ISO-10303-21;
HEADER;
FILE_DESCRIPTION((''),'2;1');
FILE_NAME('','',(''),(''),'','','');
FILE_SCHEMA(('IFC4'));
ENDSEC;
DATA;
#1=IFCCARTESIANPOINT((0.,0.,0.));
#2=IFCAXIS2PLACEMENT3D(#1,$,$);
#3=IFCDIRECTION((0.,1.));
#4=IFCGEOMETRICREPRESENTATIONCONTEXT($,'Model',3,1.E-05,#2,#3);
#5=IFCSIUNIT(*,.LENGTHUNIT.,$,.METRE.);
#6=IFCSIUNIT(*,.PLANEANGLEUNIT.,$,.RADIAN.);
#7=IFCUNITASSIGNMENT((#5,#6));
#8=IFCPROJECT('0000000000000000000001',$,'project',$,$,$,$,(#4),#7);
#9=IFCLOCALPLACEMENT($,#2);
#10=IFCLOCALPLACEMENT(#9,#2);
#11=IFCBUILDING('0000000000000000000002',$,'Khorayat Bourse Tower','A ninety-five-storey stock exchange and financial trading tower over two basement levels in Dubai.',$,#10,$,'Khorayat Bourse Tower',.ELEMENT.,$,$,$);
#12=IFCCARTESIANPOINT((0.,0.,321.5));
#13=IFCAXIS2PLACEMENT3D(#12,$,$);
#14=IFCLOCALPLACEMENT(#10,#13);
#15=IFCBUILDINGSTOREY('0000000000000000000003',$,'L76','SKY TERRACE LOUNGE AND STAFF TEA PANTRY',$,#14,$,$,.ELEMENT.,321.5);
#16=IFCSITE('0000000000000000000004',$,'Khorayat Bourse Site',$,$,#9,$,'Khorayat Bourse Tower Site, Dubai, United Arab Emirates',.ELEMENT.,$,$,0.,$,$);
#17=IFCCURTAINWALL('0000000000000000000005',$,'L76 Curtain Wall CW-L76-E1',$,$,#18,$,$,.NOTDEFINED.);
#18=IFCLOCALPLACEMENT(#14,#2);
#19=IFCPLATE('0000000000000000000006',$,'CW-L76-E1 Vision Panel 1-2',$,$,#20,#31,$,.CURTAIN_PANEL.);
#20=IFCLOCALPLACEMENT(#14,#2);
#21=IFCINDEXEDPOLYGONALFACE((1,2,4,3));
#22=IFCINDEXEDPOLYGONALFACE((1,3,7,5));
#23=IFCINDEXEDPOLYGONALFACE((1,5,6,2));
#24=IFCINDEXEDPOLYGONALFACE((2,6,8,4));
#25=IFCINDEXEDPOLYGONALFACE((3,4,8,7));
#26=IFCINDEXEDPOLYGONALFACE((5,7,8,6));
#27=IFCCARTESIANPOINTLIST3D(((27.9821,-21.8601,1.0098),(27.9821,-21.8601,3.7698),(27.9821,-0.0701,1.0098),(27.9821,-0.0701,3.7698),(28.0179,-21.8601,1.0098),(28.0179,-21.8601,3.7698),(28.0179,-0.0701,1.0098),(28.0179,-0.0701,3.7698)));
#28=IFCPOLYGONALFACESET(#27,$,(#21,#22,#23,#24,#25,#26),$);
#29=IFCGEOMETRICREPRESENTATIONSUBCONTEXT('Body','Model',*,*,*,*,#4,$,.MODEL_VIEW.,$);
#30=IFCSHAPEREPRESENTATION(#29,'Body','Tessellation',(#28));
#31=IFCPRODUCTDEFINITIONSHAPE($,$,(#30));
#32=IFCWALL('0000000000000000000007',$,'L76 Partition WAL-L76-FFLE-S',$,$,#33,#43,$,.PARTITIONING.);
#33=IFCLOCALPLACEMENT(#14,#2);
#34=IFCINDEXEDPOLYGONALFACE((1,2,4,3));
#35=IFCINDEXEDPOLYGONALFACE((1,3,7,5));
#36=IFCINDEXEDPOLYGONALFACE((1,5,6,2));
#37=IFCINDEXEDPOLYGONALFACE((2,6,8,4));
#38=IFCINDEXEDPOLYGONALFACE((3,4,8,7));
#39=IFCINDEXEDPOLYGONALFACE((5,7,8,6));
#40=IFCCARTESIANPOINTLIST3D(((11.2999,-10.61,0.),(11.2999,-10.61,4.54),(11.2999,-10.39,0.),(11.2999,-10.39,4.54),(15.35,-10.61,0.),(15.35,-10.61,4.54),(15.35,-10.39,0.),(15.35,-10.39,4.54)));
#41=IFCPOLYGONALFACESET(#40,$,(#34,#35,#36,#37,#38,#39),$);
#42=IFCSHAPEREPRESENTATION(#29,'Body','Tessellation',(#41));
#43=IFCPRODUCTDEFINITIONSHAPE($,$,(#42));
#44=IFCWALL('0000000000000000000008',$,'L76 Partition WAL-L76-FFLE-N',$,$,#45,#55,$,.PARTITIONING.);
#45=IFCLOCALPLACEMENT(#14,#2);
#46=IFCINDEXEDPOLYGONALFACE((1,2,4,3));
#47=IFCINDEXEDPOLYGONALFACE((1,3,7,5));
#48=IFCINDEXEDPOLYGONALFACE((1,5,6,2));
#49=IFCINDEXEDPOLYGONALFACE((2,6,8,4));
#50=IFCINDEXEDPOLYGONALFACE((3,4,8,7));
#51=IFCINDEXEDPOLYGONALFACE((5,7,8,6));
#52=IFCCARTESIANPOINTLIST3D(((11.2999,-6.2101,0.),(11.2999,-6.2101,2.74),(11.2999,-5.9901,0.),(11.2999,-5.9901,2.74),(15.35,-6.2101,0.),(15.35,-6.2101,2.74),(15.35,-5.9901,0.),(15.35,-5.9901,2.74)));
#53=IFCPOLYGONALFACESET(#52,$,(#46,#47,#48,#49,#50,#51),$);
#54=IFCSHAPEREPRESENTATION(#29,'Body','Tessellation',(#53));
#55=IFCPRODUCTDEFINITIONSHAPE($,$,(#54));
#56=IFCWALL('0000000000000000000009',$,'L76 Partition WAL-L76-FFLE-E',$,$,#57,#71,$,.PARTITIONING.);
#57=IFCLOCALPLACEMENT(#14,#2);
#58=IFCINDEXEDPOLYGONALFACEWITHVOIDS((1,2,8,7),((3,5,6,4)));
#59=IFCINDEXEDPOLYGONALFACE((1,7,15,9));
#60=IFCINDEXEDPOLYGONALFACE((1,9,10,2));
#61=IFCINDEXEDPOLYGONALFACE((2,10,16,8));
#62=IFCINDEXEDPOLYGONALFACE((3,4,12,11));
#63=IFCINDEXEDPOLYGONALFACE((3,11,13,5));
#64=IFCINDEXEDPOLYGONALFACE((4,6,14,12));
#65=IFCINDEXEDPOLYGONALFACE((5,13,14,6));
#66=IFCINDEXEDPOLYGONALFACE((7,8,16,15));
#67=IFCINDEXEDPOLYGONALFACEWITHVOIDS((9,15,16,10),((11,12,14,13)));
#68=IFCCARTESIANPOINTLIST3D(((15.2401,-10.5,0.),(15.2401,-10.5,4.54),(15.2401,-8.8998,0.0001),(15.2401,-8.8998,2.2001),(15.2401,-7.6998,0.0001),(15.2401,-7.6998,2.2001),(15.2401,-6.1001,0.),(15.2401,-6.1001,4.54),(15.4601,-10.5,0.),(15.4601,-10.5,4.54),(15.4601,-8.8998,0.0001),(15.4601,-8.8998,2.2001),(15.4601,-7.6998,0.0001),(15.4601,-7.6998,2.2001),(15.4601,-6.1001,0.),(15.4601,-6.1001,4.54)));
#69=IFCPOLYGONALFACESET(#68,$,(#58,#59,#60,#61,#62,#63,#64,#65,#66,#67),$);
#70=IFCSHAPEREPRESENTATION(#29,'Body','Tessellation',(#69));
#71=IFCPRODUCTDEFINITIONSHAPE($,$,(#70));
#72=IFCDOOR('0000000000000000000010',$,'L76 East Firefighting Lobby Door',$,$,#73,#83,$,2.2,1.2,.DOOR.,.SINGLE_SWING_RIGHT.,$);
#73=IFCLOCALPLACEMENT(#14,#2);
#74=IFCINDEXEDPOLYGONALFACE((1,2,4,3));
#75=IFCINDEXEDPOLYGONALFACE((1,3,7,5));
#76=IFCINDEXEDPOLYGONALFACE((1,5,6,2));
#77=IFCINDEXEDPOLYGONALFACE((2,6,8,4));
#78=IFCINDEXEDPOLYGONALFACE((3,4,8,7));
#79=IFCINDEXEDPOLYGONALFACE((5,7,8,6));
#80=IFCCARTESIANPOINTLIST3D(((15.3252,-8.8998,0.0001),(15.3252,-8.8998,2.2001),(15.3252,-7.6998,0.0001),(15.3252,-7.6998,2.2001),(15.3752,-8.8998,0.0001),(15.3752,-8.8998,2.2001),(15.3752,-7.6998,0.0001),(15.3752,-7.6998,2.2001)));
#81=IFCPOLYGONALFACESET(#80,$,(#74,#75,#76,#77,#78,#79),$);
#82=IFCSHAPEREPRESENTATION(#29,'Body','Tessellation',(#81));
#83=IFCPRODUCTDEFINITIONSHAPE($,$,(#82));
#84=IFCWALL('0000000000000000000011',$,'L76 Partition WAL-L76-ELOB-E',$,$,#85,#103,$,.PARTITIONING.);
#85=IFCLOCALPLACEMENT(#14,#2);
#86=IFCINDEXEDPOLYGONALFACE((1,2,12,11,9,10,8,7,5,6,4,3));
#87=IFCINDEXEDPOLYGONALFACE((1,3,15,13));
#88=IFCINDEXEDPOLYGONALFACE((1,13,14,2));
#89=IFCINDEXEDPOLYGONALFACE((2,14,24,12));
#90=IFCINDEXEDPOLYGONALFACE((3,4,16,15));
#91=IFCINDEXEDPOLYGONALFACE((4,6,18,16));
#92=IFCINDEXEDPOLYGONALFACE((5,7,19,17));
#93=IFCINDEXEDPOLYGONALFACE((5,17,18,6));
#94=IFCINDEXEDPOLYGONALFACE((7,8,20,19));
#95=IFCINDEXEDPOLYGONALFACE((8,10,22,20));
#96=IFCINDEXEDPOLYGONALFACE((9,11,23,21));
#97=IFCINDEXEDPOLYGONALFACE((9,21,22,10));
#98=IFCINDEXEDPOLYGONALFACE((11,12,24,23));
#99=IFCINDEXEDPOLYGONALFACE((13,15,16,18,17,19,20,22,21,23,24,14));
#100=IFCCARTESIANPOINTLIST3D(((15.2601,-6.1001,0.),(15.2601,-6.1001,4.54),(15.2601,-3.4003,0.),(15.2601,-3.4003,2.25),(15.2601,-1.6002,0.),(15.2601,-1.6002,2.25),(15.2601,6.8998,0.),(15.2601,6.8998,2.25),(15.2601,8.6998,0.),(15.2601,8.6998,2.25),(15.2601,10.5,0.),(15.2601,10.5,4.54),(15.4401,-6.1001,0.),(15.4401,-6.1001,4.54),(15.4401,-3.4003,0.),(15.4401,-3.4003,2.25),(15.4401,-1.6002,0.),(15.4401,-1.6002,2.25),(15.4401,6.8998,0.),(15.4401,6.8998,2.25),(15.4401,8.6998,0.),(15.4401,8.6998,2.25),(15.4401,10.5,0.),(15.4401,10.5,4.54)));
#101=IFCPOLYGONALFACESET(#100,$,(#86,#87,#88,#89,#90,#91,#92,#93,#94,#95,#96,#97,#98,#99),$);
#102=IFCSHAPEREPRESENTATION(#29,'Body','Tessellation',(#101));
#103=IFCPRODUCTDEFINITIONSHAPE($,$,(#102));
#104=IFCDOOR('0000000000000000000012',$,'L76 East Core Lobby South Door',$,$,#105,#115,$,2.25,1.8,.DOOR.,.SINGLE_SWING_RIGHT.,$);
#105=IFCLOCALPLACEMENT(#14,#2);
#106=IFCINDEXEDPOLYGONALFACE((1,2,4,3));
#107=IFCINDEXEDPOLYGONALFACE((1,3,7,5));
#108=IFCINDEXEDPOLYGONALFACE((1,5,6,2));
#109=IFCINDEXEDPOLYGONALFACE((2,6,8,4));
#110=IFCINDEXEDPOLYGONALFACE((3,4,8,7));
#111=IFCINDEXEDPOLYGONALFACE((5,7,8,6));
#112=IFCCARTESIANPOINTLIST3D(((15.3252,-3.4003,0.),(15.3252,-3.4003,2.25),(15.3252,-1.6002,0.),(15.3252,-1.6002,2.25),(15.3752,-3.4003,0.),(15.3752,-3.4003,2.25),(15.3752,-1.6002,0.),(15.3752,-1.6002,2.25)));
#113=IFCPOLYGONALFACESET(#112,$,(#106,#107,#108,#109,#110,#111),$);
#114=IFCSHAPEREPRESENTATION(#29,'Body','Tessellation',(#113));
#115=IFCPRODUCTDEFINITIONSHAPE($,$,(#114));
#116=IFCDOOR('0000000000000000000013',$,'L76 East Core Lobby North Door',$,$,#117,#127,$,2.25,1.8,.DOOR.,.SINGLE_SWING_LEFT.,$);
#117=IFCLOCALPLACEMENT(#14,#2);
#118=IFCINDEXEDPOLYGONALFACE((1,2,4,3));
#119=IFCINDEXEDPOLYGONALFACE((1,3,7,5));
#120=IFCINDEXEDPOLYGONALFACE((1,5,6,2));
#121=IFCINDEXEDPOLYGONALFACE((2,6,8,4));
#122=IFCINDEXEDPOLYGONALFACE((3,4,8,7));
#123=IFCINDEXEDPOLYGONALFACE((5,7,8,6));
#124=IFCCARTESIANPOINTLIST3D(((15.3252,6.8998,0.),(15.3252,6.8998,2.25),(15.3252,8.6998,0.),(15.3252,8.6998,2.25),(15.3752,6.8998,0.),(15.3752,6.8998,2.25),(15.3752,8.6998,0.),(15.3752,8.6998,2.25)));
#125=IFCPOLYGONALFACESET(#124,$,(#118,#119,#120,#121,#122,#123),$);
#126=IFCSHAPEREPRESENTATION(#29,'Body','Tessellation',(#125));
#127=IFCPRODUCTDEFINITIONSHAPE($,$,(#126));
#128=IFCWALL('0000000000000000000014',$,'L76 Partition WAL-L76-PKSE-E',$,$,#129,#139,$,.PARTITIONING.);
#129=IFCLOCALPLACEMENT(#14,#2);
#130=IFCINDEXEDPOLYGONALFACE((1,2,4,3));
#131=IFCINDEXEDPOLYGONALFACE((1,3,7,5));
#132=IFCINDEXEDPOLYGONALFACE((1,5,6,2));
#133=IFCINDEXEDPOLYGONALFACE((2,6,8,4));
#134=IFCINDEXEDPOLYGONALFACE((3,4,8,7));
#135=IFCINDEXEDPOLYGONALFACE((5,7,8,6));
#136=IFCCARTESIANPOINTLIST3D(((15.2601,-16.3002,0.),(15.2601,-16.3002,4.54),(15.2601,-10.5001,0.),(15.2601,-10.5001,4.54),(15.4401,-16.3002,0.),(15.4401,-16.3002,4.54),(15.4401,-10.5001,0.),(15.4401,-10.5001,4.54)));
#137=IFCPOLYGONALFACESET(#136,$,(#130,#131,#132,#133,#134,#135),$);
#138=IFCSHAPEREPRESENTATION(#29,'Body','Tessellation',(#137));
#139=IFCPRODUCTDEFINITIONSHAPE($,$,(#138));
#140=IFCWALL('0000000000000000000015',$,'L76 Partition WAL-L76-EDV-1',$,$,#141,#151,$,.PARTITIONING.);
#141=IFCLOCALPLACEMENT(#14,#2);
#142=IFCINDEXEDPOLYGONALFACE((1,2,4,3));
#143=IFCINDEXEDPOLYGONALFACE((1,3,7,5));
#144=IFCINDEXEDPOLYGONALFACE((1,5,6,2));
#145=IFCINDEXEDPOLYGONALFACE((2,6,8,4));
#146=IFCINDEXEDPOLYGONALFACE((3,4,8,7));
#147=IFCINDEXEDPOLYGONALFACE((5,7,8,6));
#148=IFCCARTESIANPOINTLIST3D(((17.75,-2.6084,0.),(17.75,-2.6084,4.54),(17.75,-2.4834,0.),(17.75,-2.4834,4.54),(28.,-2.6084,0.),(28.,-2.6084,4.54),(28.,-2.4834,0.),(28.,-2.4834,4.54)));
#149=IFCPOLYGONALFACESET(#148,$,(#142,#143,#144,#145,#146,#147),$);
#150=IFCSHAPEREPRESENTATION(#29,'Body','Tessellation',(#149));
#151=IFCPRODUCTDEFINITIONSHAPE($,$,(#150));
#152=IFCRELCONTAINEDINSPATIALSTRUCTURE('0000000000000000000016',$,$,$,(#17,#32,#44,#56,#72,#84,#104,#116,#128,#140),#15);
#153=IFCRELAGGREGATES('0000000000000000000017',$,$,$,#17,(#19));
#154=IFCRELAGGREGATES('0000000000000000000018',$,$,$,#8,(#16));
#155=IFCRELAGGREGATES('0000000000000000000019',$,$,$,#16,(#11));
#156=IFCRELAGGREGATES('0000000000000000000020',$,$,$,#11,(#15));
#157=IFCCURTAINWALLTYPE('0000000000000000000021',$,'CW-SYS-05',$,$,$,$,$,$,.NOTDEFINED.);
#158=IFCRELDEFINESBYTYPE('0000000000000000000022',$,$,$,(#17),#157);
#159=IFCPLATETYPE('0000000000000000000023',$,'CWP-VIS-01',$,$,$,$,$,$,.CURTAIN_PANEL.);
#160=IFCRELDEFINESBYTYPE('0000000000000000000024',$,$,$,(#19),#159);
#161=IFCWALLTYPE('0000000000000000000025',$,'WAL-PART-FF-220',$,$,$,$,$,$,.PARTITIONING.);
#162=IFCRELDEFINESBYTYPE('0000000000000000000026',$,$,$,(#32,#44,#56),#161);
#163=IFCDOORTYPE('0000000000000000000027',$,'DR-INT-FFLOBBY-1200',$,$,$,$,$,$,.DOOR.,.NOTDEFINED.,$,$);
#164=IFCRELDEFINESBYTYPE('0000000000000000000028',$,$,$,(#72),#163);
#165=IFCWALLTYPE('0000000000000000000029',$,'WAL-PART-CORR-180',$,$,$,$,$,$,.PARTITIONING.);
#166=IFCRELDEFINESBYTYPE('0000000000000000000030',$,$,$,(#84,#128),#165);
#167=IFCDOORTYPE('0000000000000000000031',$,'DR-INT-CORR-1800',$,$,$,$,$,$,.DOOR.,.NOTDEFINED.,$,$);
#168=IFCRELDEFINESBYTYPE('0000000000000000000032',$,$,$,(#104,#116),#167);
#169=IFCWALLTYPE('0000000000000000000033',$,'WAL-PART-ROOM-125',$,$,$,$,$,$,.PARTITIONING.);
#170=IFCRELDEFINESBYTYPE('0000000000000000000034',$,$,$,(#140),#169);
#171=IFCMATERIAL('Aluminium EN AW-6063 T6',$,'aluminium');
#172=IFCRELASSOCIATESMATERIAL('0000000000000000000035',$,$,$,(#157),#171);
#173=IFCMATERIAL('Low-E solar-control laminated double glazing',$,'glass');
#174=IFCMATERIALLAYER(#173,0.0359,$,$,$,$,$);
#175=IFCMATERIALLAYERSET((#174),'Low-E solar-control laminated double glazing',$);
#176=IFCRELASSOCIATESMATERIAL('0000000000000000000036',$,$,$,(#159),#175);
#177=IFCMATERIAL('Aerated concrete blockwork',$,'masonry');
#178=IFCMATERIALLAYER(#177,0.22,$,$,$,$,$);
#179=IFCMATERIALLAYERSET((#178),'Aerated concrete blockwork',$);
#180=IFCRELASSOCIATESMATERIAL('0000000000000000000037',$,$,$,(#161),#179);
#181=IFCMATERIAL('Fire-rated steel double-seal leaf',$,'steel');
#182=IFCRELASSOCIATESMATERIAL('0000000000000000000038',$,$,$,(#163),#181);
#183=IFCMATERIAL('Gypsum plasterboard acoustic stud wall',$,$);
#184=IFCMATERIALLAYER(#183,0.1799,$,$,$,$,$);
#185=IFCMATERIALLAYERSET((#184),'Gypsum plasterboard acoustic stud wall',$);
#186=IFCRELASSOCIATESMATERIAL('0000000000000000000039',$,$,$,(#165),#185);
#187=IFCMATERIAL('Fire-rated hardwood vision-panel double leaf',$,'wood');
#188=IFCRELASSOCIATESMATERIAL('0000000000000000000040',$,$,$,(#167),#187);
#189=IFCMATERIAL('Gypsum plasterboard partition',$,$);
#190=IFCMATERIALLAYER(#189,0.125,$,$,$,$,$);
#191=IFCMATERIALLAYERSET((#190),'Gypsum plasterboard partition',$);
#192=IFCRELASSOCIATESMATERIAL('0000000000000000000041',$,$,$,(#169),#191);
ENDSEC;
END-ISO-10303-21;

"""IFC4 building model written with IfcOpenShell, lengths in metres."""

from ifc_helpers import new_model, si_unit, direction, frame, frame_2d, origin, origin_2d, place, context, subcontext, project, spatial, rectangle, extrude, source, transform, mapped, material, layer, layer_set, type_object, element, fill, aggregate, save


model = new_model("IFC4")

# Units and contexts
model_context = context("Model", 3, precision=1e-05, world=origin(), true_north=direction((0.0, 1.0)))
body_context = subcontext(model_context, "Body", "Model", "MODEL_VIEW")
ifc_project = project(units=[si_unit("LENGTHUNIT", "METRE"), si_unit("PLANEANGLEUNIT", "RADIAN")], contexts=[model_context])

# Site, building, storey
site_placement = place(None, origin())
site = spatial("IfcSite", under=ifc_project, at=site_placement, Name="Khorayat Bourse Site", LongName="Khorayat Bourse Tower Site, Dubai, United Arab Emirates", CompositionType="ELEMENT", RefElevation=0.0)
building_placement = place(site_placement, origin())
building = spatial("IfcBuilding", under=site, at=building_placement, Name="Khorayat Bourse Tower", Description="A ninety-five-storey stock exchange and financial trading tower over two basement levels in Dubai.", LongName="Khorayat Bourse Tower", CompositionType="ELEMENT")
storey_placement = place(building_placement, frame((0.0, 0.0, 321.5)))
storey = spatial("IfcBuildingStorey", under=building, at=storey_placement, Name="L76", Description="SKY TERRACE LOUNGE AND STAFF TEA PANTRY", CompositionType="ELEMENT", Elevation=321.5)

# Curtain wall
ifc_material_1 = material(Name="Aluminium EN AW-6063 T6", Category="aluminium")
curtain_wall_type = type_object("IfcCurtainWallType", Name="CW-SYS-05", PredefinedType="NOTDEFINED", material=ifc_material_1)
curtain_wall_placement = place(storey_placement, origin())
curtain_wall = element("IfcCurtainWall", 1, at=curtain_wall_placement, inside=storey, type_object=curtain_wall_type, Name="L76 Curtain Wall CW-L76-E1", PredefinedType="NOTDEFINED")

# Plate
ifc_material_2 = material(Name="Low-E solar-control laminated double glazing", Category="glass")
ifc_layer_1 = layer(ifc_material_2, 0.0359)
ifc_layer_set_1 = layer_set([ifc_layer_1], Name="Low-E solar-control laminated double glazing")
plate_type_1 = type_object("IfcPlateType", Name="CWP-VIS-01", PredefinedType="CURTAIN_PANEL", material=ifc_layer_set_1)
shared_shape_1 = source(origin(), body_context, "Body", "SweptSolid", [
    extrude(rectangle(XDim=21.79, YDim=0.0359, at=origin_2d()), origin(), (0.0, 0.0, 1.0), 2.76),
])
plate_1_placement = place(storey_placement, frame((28.0, -10.9651, 1.0098), z_axis=(0.0, 0.0, 1.0), x_axis=(0.0, 1.0, 0.0)))
plate_1 = element("IfcPlate", 2, at=plate_1_placement, type_object=plate_type_1, Name="CW-L76-E1 Vision Panel 1-2", PredefinedType="CURTAIN_PANEL", context=body_context, shape_type="MappedRepresentation", body=[
    mapped(shared_shape_1, transform((0.0, 0.0, 0.0), scale=1.0)),
])
aggregate(curtain_wall, [plate_1])

# Walls
ifc_material_3 = material(Name="Aerated concrete blockwork", Category="masonry")
ifc_layer_2 = layer(ifc_material_3, 0.22)
ifc_layer_set_2 = layer_set([ifc_layer_2], Name="Aerated concrete blockwork")
wall_type_1 = type_object("IfcWallType", Name="WAL-PART-FF-220", PredefinedType="PARTITIONING", material=ifc_layer_set_2)
shared_shape_2 = source(origin(), body_context, "Body", "SweptSolid", [
    extrude(rectangle(XDim=4.05, YDim=0.22, at=frame_2d((2.0249, 0.0))), origin(), (0.0, 0.0, 1.0), 4.54),
])
wall_1_placement = place(storey_placement, frame((11.3, -10.5, 0.0), z_axis=(0.0, 0.0, 1.0), x_axis=(1.0, 0.0, 0.0)))
element("IfcWall", 3, at=wall_1_placement, inside=storey, type_object=wall_type_1, Name="L76 Partition WAL-L76-FFLE-S", PredefinedType="PARTITIONING", context=body_context, shape_type="MappedRepresentation", body=[
    mapped(shared_shape_2, transform((0.0, 0.0, 0.0), scale=1.0)),
])
shared_shape_3 = source(origin(), body_context, "Body", "SweptSolid", [
    extrude(rectangle(XDim=4.05, YDim=0.22, at=frame_2d((2.0249, 0.0))), origin(), (0.0, 0.0, 1.0), 2.74),
])
wall_2_placement = place(storey_placement, frame((11.3, -6.1001, 0.0), z_axis=(0.0, 0.0, 1.0), x_axis=(1.0, 0.0, 0.0)))
element("IfcWall", 4, at=wall_2_placement, inside=storey, type_object=wall_type_1, Name="L76 Partition WAL-L76-FFLE-N", PredefinedType="PARTITIONING", context=body_context, shape_type="MappedRepresentation", body=[
    mapped(shared_shape_3, transform((0.0, 0.0, 0.0), scale=1.0)),
])

# Wall, opening, door
shared_shape_4 = source(origin(), body_context, "Body", "SweptSolid", [
    extrude(rectangle(XDim=4.3999, YDim=0.22, at=frame_2d((2.2, 0.0))), origin(), (0.0, 0.0, 1.0), 4.54),
])
wall_3_placement = place(storey_placement, frame((15.3501, -10.5, 0.0), z_axis=(0.0, 0.0, 1.0), x_axis=(0.0, 1.0, 0.0)))
wall_3 = element("IfcWall", 5, at=wall_3_placement, inside=storey, type_object=wall_type_1, Name="L76 Partition WAL-L76-FFLE-E", PredefinedType="PARTITIONING", context=body_context, shape_type="MappedRepresentation", body=[
    mapped(shared_shape_4, transform((0.0, 0.0, 0.0), scale=1.0)),
])
shared_shape_5 = source(origin(), body_context, "Body", "SweptSolid", [
    extrude(rectangle(XDim=1.2, YDim=2.2, at=frame_2d((0.6001, 1.1001))), frame((0.0, 0.1199, 0.0), z_axis=(0.0, -1.0, 0.0), x_axis=(1.0, 0.0, 0.0)), (0.0, 0.0, 1.0), 0.24),
])
opening_1_placement = place(wall_3_placement, frame((1.6001, 0.0, 0.0)))
opening_1 = element("IfcOpeningElement", 6, at=opening_1_placement, cuts=wall_3, PredefinedType="OPENING", context=body_context, shape_type="MappedRepresentation", body=[
    mapped(shared_shape_5, transform((0.0, 0.0, 0.0), scale=1.0)),
])
ifc_material_4 = material(Name="Fire-rated steel double-seal leaf", Category="steel")
door_type_1 = type_object("IfcDoorType", Name="DR-INT-FFLOBBY-1200", OperationType="NOTDEFINED", PredefinedType="DOOR", material=ifc_material_4)
shared_shape_6 = source(origin(), body_context, "Body", "SweptSolid", [
    extrude(rectangle(XDim=1.2, YDim=2.2, at=frame_2d((0.6001, 1.1001))), frame((0.0, 0.0249, 0.0), z_axis=(0.0, -1.0, 0.0), x_axis=(1.0, 0.0, 0.0)), (0.0, 0.0, 1.0), 0.05),
])
door_1_placement = place(opening_1_placement, origin())
door_1 = element("IfcDoor", 7, at=door_1_placement, inside=storey, type_object=door_type_1, Name="L76 East Firefighting Lobby Door", OperationType="SINGLE_SWING_RIGHT", OverallHeight=2.2, OverallWidth=1.2, PredefinedType="DOOR", context=body_context, shape_type="MappedRepresentation", body=[
    mapped(shared_shape_6, transform((0.0, 0.0, 0.0), scale=1.0)),
])
fill(opening_1, door_1)

# Wall, openings, doors
ifc_material_5 = material(Name="Gypsum plasterboard acoustic stud wall")
ifc_layer_3 = layer(ifc_material_5, 0.1799)
ifc_layer_set_3 = layer_set([ifc_layer_3], Name="Gypsum plasterboard acoustic stud wall")
wall_type_2 = type_object("IfcWallType", Name="WAL-PART-CORR-180", PredefinedType="PARTITIONING", material=ifc_layer_set_3)
shared_shape_7 = source(origin(), body_context, "Body", "SweptSolid", [
    extrude(rectangle(XDim=16.6001, YDim=0.1799, at=frame_2d((8.3, 0.0))), origin(), (0.0, 0.0, 1.0), 4.54),
])
wall_4_placement = place(storey_placement, frame((15.3501, -6.1001, 0.0), z_axis=(0.0, 0.0, 1.0), x_axis=(0.0, 1.0, 0.0)))
wall_4 = element("IfcWall", 8, at=wall_4_placement, inside=storey, type_object=wall_type_2, Name="L76 Partition WAL-L76-ELOB-E", PredefinedType="PARTITIONING", context=body_context, shape_type="MappedRepresentation", body=[
    mapped(shared_shape_7, transform((0.0, 0.0, 0.0), scale=1.0)),
])
shared_shape_8 = source(origin(), body_context, "Body", "SweptSolid", [
    extrude(rectangle(XDim=1.8, YDim=2.25, at=frame_2d((0.8999, 1.125))), frame((0.0, 0.0999, 0.0), z_axis=(0.0, -1.0, 0.0), x_axis=(1.0, 0.0, 0.0)), (0.0, 0.0, 1.0), 0.2),
])
opening_2_placement = place(wall_4_placement, frame((2.7, 0.0, 0.0)))
opening_2 = element("IfcOpeningElement", 9, at=opening_2_placement, cuts=wall_4, PredefinedType="OPENING", context=body_context, shape_type="MappedRepresentation", body=[
    mapped(shared_shape_8, transform((0.0, 0.0, 0.0), scale=1.0)),
])
opening_3_placement = place(wall_4_placement, frame((13.0, 0.0, 0.0)))
opening_3 = element("IfcOpeningElement", 10, at=opening_3_placement, cuts=wall_4, PredefinedType="OPENING", context=body_context, shape_type="MappedRepresentation", body=[
    mapped(shared_shape_8, transform((0.0, 0.0, 0.0), scale=1.0)),
])
ifc_material_6 = material(Name="Fire-rated hardwood vision-panel double leaf", Category="wood")
door_type_2 = type_object("IfcDoorType", Name="DR-INT-CORR-1800", OperationType="NOTDEFINED", PredefinedType="DOOR", material=ifc_material_6)
shared_shape_9 = source(origin(), body_context, "Body", "SweptSolid", [
    extrude(rectangle(XDim=1.8, YDim=2.25, at=frame_2d((0.8999, 1.125))), frame((0.0, 0.0249, 0.0), z_axis=(0.0, -1.0, 0.0), x_axis=(1.0, 0.0, 0.0)), (0.0, 0.0, 1.0), 0.05),
])
door_2_placement = place(opening_2_placement, origin())
door_2 = element("IfcDoor", 11, at=door_2_placement, inside=storey, type_object=door_type_2, Name="L76 East Core Lobby South Door", OperationType="SINGLE_SWING_RIGHT", OverallHeight=2.25, OverallWidth=1.8, PredefinedType="DOOR", context=body_context, shape_type="MappedRepresentation", body=[
    mapped(shared_shape_9, transform((0.0, 0.0, 0.0), scale=1.0)),
])
fill(opening_2, door_2)
door_3_placement = place(opening_3_placement, origin())
door_3 = element("IfcDoor", 12, at=door_3_placement, inside=storey, type_object=door_type_2, Name="L76 East Core Lobby North Door", OperationType="SINGLE_SWING_LEFT", OverallHeight=2.25, OverallWidth=1.8, PredefinedType="DOOR", context=body_context, shape_type="MappedRepresentation", body=[
    mapped(shared_shape_9, transform((0.0, 0.0, 0.0), scale=1.0)),
])
fill(opening_3, door_3)

# Walls
shared_shape_10 = source(origin(), body_context, "Body", "SweptSolid", [
    extrude(rectangle(XDim=5.8, YDim=0.1799, at=frame_2d((2.8999, 0.0))), origin(), (0.0, 0.0, 1.0), 4.54),
])
wall_5_placement = place(storey_placement, frame((15.3501, -16.3, 0.0), z_axis=(0.0, 0.0, 1.0), x_axis=(0.0, 1.0, 0.0)))
element("IfcWall", 13, at=wall_5_placement, inside=storey, type_object=wall_type_2, Name="L76 Partition WAL-L76-PKSE-E", PredefinedType="PARTITIONING", context=body_context, shape_type="MappedRepresentation", body=[
    mapped(shared_shape_10, transform((0.0, 0.0, 0.0), scale=1.0)),
])
ifc_material_7 = material(Name="Gypsum plasterboard partition")
ifc_layer_4 = layer(ifc_material_7, 0.125)
ifc_layer_set_4 = layer_set([ifc_layer_4], Name="Gypsum plasterboard partition")
wall_type_3 = type_object("IfcWallType", Name="WAL-PART-ROOM-125", PredefinedType="PARTITIONING", material=ifc_layer_set_4)
shared_shape_11 = source(origin(), body_context, "Body", "SweptSolid", [
    extrude(rectangle(XDim=10.25, YDim=0.125, at=frame_2d((5.125, 0.0))), origin(), (0.0, 0.0, 1.0), 4.54),
])
wall_6_placement = place(storey_placement, frame((17.75, -2.5459, 0.0), z_axis=(0.0, 0.0, 1.0), x_axis=(1.0, 0.0, 0.0)))
element("IfcWall", 14, at=wall_6_placement, inside=storey, type_object=wall_type_3, Name="L76 Partition WAL-L76-EDV-1", PredefinedType="PARTITIONING", context=body_context, shape_type="MappedRepresentation", body=[
    mapped(shared_shape_11, transform((0.0, 0.0, 0.0), scale=1.0)),
])

save(model, "model.ifc")
